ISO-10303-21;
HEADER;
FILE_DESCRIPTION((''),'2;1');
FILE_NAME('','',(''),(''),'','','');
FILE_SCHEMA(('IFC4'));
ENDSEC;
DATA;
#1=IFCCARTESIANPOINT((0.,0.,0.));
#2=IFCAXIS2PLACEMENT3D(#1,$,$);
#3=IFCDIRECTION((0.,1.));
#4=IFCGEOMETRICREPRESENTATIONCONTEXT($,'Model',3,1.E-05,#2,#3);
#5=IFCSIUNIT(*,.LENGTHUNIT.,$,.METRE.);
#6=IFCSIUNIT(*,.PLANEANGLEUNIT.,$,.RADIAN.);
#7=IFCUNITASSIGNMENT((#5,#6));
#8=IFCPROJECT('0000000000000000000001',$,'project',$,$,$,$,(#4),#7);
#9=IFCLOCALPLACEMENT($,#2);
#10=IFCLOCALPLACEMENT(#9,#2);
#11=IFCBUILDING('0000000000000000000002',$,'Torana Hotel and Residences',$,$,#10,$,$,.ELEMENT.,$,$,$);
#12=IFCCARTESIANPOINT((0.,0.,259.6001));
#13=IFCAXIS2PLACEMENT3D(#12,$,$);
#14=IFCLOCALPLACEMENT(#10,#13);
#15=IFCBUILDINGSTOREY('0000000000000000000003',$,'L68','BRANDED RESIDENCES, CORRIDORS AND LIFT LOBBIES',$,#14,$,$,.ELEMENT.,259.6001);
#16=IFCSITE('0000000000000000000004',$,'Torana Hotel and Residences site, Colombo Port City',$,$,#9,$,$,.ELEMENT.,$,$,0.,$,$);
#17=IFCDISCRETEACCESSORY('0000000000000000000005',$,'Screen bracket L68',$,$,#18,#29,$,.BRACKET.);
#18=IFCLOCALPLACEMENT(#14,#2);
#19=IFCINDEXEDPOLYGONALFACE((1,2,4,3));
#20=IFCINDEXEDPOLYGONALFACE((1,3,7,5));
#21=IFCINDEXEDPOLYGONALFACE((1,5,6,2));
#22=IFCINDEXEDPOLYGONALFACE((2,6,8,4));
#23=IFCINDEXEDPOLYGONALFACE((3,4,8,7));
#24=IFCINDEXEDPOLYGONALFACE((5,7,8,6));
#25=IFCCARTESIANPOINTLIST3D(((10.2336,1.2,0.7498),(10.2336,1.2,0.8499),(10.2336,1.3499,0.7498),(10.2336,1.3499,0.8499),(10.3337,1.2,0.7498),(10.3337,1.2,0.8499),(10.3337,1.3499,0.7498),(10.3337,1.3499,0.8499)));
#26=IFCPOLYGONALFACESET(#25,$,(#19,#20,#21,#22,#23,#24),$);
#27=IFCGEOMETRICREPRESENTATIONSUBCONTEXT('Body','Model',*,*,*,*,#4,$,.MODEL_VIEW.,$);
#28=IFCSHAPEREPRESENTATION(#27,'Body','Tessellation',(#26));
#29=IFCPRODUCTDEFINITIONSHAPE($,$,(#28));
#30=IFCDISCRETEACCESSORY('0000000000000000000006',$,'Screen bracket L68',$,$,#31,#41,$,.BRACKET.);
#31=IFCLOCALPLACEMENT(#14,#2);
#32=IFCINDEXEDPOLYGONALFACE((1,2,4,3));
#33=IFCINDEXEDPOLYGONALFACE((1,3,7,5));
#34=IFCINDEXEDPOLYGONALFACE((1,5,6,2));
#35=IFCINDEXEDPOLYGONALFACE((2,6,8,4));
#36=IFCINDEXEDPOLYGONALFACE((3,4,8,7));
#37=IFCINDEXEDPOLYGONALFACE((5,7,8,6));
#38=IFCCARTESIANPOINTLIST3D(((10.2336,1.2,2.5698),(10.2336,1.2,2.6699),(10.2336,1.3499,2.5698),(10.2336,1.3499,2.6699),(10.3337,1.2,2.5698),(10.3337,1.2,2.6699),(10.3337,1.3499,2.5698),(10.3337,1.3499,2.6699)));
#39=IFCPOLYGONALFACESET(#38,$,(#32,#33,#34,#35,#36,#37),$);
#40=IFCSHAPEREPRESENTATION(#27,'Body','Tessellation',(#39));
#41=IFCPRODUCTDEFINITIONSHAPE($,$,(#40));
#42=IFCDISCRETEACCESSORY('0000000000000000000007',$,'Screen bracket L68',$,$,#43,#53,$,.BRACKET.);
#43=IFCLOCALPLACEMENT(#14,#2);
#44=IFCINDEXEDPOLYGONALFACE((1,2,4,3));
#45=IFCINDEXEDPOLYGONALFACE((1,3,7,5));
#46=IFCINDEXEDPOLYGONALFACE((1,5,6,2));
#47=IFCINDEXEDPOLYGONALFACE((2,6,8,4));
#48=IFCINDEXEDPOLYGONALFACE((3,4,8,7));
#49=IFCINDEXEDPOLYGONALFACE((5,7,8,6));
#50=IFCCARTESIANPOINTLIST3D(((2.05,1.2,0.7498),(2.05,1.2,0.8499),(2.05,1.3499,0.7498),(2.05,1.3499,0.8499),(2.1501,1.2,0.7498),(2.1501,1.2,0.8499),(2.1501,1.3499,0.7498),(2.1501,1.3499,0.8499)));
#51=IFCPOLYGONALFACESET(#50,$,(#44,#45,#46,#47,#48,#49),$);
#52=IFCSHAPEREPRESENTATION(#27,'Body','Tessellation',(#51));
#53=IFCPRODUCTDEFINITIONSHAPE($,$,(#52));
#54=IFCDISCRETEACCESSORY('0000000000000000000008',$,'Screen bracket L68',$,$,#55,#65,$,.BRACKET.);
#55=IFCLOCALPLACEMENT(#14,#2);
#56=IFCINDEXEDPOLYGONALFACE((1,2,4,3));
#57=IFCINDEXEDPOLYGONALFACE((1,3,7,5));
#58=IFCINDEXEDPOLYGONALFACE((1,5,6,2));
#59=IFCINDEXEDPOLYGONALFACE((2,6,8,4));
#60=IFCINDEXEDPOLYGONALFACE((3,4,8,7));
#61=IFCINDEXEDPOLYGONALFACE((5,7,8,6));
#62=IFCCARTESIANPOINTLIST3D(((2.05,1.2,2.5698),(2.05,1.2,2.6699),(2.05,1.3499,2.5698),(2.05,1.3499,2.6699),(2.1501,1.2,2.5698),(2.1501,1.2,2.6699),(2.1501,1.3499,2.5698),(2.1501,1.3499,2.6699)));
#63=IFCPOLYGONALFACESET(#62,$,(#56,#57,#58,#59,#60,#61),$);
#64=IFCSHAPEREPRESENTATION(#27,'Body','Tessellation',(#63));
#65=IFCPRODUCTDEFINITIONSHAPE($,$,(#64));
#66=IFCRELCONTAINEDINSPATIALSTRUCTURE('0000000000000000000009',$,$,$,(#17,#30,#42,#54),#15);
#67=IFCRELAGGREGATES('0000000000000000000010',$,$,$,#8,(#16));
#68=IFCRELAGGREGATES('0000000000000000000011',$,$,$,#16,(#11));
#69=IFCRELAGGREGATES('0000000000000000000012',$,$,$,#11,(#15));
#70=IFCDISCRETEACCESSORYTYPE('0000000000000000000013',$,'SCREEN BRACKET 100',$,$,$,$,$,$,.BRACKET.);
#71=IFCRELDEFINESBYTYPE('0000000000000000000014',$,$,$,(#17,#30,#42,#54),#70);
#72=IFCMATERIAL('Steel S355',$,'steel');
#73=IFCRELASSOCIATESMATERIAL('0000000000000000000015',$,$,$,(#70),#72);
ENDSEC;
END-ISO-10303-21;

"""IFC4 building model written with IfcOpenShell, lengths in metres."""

from ifc_helpers import new_model, si_unit, direction, frame, origin, origin_2d, place, context, subcontext, project, spatial, rectangle, extrude, material, type_object, element, save


model = new_model("IFC4")

# Units and contexts
model_context = context("Model", 3, precision=1e-05, world=origin(), true_north=direction((0.0, 1.0)))
body_context = subcontext(model_context, "Body", "Model", "MODEL_VIEW")
ifc_project = project(units=[si_unit("LENGTHUNIT", "METRE"), si_unit("PLANEANGLEUNIT", "RADIAN")], contexts=[model_context])

# Site, building, storey
site_placement = place(None, origin())
site = spatial("IfcSite", under=ifc_project, at=site_placement, Name="Torana Hotel and Residences site, Colombo Port City", CompositionType="ELEMENT", RefElevation=0.0)
building_placement = place(site_placement, origin())
building = spatial("IfcBuilding", under=site, at=building_placement, Name="Torana Hotel and Residences", CompositionType="ELEMENT")
storey_placement = place(building_placement, frame((0.0, 0.0, 259.6001)))
storey = spatial("IfcBuildingStorey", under=building, at=storey_placement, Name="L68", Description="BRANDED RESIDENCES, CORRIDORS AND LIFT LOBBIES", CompositionType="ELEMENT", Elevation=259.6001)

# Discrete accessories
ifc_material_1 = material(Name="Steel S355", Category="steel")
discrete_accessory_type = type_object("IfcDiscreteAccessoryType", Name="SCREEN BRACKET 100", PredefinedType="BRACKET", material=ifc_material_1)
for number, where, z_axis, x_axis, name in (
    (1, (10.2837, 1.2749, 0.7498), (0.0, 0.0, 1.0), (-1.0, 0.0, 0.0), "Screen bracket L68"),
    (2, (10.2837, 1.2749, 2.5698), (0.0, 0.0, 1.0), (-1.0, 0.0, 0.0), "Screen bracket L68"),
    (3, (2.1001, 1.2749, 0.7498), (0.0, 0.0, 1.0), (-1.0, 0.0, 0.0), "Screen bracket L68"),
    (4, (2.1001, 1.2749, 2.5698), (0.0, 0.0, 1.0), (-1.0, 0.0, 0.0), "Screen bracket L68"),
):
    element("IfcDiscreteAccessory", number, at=place(storey_placement, frame(where, z_axis=z_axis, x_axis=x_axis)), inside=storey, type_object=discrete_accessory_type, Name=name, PredefinedType="BRACKET", context=body_context, shape_type="SweptSolid", body=[
        extrude(rectangle(XDim=0.1001, YDim=0.1499, at=origin_2d()), origin(), (0.0, 0.0, 1.0), 0.1001),
    ])

save(model, "model.ifc")
